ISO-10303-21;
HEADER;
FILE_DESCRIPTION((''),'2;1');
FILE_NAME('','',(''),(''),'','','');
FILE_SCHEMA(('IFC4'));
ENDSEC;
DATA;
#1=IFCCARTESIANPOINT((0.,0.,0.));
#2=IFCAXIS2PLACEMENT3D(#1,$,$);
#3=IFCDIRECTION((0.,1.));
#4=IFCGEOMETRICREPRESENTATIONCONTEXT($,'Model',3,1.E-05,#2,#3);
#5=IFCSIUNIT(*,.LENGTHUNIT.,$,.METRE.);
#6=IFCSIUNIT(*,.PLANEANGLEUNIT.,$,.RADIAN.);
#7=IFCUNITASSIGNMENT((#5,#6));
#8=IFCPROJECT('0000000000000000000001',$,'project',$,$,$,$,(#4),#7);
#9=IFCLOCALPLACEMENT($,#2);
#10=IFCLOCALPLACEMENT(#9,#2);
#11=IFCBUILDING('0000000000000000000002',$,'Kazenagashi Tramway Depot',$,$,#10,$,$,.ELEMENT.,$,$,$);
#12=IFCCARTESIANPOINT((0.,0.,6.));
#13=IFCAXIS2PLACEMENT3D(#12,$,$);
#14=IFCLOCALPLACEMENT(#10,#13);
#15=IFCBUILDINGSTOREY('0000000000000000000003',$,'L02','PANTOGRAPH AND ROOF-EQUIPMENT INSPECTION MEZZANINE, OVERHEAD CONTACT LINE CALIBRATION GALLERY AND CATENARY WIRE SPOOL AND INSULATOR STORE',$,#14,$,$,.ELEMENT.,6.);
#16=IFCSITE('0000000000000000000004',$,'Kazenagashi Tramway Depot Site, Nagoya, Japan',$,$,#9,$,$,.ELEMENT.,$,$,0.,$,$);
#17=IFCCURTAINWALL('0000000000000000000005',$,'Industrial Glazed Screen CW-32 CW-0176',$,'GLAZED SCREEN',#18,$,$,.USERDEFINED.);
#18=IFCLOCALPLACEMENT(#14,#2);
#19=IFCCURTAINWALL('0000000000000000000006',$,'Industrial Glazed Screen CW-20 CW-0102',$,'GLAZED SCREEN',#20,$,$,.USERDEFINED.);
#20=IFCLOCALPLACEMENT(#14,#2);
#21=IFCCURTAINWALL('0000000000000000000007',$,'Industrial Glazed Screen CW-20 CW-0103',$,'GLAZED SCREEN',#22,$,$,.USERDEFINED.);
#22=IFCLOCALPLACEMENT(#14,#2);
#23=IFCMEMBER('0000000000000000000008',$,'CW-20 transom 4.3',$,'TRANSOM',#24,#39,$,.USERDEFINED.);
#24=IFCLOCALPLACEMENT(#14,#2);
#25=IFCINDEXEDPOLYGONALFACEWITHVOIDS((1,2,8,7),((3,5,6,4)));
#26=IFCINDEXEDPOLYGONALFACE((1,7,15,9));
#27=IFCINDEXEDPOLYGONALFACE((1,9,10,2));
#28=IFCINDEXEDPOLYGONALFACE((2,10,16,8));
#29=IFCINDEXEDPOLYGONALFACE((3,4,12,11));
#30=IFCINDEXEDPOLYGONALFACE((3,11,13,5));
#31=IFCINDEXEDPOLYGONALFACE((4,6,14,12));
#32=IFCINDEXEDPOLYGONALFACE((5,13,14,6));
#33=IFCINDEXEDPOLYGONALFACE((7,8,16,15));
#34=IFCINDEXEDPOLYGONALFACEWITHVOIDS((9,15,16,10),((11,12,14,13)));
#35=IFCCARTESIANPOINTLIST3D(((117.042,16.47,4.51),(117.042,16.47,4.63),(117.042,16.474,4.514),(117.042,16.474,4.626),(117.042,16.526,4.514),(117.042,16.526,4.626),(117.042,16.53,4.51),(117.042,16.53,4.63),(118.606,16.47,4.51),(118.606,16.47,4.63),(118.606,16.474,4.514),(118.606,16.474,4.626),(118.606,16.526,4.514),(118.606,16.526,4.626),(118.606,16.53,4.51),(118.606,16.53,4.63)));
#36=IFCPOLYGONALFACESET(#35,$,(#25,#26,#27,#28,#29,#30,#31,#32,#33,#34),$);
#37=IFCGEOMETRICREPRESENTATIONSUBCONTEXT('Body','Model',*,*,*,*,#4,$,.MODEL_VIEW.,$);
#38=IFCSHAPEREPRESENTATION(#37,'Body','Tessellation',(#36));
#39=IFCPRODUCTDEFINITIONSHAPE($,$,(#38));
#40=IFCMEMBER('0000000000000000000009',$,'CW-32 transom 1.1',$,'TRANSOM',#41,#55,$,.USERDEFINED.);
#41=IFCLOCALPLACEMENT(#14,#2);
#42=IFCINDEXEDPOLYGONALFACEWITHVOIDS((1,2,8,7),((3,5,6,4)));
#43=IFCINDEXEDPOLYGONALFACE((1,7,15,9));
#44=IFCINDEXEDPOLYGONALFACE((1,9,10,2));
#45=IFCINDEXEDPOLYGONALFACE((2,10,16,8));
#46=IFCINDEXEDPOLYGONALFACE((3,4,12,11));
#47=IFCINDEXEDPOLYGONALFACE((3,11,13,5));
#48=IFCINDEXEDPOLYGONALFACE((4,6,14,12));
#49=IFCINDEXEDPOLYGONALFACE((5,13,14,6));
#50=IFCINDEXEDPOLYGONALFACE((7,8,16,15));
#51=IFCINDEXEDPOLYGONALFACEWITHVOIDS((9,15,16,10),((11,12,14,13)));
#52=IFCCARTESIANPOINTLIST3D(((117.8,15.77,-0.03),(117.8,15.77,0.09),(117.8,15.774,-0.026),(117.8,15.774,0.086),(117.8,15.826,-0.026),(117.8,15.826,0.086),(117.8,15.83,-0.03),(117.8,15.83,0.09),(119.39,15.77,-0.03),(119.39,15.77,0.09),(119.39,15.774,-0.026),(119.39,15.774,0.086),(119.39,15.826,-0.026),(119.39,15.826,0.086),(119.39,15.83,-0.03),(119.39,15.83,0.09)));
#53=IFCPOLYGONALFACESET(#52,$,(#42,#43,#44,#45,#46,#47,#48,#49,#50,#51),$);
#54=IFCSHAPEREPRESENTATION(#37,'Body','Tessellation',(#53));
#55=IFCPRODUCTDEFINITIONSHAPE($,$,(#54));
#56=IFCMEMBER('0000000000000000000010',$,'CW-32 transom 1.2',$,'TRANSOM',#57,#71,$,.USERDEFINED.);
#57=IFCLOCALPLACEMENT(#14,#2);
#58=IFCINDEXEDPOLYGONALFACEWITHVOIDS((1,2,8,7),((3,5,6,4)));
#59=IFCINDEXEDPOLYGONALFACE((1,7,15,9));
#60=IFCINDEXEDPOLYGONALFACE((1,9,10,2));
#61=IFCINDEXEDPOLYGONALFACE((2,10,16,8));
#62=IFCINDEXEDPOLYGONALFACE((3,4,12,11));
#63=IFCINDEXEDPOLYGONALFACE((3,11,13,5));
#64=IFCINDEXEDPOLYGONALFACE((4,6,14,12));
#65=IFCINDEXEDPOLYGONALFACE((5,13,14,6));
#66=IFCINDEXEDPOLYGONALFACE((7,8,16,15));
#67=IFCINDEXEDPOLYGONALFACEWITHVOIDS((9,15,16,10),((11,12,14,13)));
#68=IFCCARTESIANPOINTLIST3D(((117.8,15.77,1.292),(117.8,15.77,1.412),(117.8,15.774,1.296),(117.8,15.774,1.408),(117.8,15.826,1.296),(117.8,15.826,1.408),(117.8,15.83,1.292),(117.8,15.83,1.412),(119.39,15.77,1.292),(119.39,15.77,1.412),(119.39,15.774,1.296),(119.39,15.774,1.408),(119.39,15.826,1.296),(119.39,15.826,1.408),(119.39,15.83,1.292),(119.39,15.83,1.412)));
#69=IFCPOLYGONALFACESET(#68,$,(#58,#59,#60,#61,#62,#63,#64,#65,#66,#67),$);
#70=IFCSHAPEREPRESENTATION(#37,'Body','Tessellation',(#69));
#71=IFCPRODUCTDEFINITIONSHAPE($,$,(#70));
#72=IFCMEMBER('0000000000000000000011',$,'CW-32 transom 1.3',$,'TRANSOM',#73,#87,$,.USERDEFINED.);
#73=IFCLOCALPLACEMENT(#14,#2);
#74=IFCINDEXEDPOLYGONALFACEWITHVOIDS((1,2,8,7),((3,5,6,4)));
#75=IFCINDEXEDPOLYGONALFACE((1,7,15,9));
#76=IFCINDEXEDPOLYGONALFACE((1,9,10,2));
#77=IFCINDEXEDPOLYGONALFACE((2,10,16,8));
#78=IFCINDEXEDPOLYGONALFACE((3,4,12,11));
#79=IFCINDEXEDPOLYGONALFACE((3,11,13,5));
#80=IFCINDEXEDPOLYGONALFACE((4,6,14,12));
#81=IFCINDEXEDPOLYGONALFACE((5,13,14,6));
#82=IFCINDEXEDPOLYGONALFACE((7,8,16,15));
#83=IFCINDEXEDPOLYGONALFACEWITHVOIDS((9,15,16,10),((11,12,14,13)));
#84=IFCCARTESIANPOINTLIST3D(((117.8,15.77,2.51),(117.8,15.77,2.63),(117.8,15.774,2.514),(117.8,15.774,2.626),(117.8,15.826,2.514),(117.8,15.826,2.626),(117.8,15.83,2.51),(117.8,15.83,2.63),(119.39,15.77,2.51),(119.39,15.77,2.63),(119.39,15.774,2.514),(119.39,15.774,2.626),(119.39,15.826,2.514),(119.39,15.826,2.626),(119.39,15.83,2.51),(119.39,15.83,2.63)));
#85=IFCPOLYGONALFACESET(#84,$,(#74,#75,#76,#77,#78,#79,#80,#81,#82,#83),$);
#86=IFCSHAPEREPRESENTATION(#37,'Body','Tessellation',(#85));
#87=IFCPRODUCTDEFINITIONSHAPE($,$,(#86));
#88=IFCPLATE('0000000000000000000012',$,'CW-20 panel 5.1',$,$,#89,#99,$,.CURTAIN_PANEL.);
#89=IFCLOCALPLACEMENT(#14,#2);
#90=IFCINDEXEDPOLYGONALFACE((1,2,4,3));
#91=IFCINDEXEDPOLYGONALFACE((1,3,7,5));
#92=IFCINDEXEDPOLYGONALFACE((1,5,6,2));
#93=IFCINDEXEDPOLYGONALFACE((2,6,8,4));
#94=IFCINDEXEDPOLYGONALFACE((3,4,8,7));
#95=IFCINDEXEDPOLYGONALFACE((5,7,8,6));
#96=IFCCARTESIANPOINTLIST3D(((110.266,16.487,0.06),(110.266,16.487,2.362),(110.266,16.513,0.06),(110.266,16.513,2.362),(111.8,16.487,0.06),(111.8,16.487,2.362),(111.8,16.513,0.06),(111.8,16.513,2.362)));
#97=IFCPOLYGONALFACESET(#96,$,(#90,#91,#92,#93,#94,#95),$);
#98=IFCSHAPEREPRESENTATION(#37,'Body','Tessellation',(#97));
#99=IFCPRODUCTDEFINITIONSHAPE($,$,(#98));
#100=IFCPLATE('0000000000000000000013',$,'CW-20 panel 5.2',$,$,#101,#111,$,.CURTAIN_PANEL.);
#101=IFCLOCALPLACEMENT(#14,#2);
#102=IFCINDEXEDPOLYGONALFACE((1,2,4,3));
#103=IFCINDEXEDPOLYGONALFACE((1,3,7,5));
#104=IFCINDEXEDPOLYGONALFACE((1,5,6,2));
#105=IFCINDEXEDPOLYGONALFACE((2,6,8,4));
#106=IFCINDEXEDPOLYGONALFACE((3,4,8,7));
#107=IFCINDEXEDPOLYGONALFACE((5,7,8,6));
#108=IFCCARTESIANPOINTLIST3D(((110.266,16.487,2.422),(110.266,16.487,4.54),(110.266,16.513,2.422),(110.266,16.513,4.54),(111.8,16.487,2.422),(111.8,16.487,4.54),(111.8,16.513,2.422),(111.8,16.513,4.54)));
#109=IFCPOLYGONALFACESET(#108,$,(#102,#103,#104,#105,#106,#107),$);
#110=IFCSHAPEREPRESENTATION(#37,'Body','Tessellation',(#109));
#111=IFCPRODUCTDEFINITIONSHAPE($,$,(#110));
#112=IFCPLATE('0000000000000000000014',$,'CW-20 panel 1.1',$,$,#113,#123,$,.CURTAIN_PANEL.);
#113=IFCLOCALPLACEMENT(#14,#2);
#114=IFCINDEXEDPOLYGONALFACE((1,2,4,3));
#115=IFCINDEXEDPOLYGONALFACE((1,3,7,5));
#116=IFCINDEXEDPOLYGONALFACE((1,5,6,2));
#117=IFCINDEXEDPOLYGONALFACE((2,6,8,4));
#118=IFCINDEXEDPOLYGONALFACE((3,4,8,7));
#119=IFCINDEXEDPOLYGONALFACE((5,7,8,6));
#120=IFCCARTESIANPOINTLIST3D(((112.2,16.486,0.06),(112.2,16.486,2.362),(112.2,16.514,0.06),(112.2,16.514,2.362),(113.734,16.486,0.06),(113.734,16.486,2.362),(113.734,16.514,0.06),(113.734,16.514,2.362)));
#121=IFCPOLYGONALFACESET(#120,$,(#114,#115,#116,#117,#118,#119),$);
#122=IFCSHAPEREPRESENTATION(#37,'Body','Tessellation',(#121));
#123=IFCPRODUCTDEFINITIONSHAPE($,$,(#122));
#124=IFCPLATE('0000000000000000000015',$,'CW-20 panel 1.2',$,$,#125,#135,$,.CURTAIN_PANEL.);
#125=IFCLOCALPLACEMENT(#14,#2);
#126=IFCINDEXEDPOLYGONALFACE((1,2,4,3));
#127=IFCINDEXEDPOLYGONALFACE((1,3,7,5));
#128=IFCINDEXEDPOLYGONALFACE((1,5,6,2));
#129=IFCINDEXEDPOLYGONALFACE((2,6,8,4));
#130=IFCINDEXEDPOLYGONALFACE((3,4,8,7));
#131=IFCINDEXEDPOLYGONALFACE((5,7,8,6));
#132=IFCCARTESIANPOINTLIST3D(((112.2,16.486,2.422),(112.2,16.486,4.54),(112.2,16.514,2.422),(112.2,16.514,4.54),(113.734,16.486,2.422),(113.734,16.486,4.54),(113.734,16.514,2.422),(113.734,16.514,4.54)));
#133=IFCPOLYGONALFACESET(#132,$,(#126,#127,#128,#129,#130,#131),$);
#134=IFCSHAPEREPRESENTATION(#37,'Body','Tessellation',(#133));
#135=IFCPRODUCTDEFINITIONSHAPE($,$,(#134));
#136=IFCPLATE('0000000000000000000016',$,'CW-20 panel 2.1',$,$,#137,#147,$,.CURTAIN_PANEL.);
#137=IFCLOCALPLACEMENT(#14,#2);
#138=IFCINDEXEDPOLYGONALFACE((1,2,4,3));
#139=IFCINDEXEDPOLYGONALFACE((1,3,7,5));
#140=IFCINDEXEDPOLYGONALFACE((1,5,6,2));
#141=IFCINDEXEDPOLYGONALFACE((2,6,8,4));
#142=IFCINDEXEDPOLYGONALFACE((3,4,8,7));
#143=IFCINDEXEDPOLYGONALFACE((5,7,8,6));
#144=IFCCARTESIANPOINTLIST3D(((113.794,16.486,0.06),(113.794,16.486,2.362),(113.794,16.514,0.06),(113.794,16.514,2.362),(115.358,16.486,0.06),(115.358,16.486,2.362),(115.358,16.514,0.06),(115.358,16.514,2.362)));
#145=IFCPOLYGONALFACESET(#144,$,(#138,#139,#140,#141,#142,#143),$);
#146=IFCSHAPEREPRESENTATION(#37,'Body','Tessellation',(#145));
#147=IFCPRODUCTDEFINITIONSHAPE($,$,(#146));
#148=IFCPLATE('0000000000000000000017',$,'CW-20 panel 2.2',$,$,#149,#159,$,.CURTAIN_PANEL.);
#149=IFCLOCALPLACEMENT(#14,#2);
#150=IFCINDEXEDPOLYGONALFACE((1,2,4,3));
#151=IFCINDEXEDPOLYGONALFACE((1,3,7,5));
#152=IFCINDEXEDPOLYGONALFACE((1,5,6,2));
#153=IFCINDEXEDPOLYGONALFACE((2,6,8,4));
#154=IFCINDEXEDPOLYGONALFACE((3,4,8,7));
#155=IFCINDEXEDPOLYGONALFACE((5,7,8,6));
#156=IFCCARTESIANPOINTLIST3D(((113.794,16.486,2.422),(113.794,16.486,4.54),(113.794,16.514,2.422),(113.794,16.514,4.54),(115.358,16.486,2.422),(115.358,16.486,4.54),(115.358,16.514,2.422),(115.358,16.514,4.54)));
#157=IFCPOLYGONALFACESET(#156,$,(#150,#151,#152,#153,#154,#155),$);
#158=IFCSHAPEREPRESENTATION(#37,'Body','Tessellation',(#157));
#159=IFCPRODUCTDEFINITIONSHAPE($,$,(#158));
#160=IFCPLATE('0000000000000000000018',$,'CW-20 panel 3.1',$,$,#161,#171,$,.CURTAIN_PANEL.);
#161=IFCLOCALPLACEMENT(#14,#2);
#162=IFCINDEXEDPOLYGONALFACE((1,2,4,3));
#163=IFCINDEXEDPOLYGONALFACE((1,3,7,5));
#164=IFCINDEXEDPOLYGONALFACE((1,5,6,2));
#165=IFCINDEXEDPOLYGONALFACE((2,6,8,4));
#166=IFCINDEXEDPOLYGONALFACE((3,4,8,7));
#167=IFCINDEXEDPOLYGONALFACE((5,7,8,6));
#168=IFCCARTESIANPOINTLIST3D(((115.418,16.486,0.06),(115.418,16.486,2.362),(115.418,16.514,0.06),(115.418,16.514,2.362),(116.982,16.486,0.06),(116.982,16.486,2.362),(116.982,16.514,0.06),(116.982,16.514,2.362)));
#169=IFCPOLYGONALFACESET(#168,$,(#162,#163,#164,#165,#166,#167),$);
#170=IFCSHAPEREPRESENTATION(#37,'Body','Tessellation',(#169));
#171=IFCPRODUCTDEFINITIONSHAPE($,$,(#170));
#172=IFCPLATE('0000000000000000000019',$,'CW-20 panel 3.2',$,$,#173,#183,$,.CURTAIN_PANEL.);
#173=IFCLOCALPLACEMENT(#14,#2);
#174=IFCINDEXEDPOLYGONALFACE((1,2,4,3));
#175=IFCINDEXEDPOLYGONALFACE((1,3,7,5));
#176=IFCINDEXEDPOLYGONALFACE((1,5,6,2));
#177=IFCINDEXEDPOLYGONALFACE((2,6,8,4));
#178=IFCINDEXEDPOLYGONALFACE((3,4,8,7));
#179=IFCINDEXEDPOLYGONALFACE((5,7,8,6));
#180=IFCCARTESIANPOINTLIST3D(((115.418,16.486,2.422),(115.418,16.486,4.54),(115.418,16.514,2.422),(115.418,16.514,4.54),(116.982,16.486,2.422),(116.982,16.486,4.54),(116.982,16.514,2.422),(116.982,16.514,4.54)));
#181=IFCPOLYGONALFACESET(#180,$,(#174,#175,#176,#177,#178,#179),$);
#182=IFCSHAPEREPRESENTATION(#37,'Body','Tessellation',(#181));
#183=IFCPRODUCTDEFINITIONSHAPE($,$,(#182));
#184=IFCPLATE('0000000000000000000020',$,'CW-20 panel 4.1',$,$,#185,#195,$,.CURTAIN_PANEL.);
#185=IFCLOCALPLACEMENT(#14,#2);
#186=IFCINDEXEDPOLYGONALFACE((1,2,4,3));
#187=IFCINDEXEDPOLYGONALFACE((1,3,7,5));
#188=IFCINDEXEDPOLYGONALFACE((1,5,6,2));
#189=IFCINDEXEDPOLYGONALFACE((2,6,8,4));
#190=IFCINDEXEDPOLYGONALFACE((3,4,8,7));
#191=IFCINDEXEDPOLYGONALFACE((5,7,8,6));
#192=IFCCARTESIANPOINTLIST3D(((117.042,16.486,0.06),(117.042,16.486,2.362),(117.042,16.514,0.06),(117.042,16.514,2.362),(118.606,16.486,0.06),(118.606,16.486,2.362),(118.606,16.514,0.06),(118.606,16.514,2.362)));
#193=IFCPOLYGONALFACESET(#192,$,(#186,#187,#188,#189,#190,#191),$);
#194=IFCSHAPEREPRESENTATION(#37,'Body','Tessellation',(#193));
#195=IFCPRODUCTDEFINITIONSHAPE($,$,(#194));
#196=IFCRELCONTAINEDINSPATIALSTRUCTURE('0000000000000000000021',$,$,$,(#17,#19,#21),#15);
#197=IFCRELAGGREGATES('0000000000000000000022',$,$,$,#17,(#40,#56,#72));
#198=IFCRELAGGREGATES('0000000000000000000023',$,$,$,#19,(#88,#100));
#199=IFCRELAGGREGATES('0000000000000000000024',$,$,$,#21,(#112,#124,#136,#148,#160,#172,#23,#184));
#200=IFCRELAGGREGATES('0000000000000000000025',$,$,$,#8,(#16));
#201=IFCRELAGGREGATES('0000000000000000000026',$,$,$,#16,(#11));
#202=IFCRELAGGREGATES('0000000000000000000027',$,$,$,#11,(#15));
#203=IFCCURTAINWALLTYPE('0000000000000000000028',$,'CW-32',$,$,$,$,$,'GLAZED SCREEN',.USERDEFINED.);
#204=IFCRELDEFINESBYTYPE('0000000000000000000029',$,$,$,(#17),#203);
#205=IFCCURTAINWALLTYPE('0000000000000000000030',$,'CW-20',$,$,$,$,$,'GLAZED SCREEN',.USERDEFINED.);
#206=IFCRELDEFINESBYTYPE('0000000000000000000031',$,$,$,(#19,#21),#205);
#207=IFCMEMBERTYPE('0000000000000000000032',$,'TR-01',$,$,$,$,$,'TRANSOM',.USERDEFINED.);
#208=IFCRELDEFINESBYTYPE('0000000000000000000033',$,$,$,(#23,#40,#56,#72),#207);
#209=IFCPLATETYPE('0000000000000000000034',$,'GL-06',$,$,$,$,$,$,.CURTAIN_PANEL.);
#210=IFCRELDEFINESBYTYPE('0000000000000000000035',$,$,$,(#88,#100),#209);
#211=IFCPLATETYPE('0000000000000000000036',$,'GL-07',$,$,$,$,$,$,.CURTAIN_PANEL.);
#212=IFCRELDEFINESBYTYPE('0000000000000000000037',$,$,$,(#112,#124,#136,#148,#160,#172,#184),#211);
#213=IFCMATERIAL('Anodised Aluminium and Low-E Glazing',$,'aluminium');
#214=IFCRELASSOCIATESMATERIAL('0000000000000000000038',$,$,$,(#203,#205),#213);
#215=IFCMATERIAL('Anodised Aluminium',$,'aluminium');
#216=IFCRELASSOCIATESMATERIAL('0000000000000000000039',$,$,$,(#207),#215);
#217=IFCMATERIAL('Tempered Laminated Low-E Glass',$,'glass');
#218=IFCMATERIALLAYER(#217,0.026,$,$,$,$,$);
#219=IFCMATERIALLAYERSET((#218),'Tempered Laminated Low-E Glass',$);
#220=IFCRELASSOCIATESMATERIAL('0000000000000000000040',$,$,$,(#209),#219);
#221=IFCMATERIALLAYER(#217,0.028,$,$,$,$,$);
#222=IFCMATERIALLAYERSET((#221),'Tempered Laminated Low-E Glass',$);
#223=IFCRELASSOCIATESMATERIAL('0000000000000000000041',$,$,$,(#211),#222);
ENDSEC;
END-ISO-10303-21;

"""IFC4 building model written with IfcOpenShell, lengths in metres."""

from ifc_helpers import new_model, si_unit, direction, frame, origin, origin_2d, place, context, subcontext, project, spatial, rectangle, hollow_rectangle, extrude, material, layer, layer_set, material_profile, profile_set, type_object, element, aggregate, save


model = new_model("IFC4")

# Units and contexts
model_context = context("Model", 3, precision=1e-05, world=origin(), true_north=direction((0.0, 1.0)))
body_context = subcontext(model_context, "Body", "Model", "MODEL_VIEW")
ifc_project = project(units=[si_unit("LENGTHUNIT", "METRE"), si_unit("PLANEANGLEUNIT", "RADIAN")], contexts=[model_context])

# Site, building, storey
site_placement = place(None, origin())
site = spatial("IfcSite", under=ifc_project, at=site_placement, Name="Kazenagashi Tramway Depot Site, Nagoya, Japan", CompositionType="ELEMENT", RefElevation=0.0)
building_placement = place(site_placement, origin())
building = spatial("IfcBuilding", under=site, at=building_placement, Name="Kazenagashi Tramway Depot", CompositionType="ELEMENT")
storey_placement = place(building_placement, frame((0.0, 0.0, 6.0)))
storey = spatial("IfcBuildingStorey", under=building, at=storey_placement, Name="L02", Description="PANTOGRAPH AND ROOF-EQUIPMENT INSPECTION MEZZANINE, OVERHEAD CONTACT LINE CALIBRATION GALLERY AND CATENARY WIRE SPOOL AND INSULATOR STORE", CompositionType="ELEMENT", Elevation=6.0)

# Curtain walls
ifc_material_1 = material(Name="Anodised Aluminium and Low-E Glazing", Category="aluminium")
curtain_wall_type_1 = type_object("IfcCurtainWallType", Name="CW-32", ElementType="GLAZED SCREEN", PredefinedType="USERDEFINED", material=ifc_material_1)
curtain_wall_1_placement = place(storey_placement, origin())
curtain_wall_1 = element("IfcCurtainWall", 1, at=curtain_wall_1_placement, inside=storey, type_object=curtain_wall_type_1, Name="Industrial Glazed Screen CW-32 CW-0176", ObjectType="GLAZED SCREEN", PredefinedType="USERDEFINED")
ifc_material_2 = material(Name="Anodised Aluminium", Category="aluminium")
curtain_wall_type_2 = type_object("IfcCurtainWallType", Name="CW-20", ElementType="GLAZED SCREEN", PredefinedType="USERDEFINED", material=ifc_material_1)
curtain_wall_2_placement = place(storey_placement, origin())
curtain_wall_2 = element("IfcCurtainWall", 2, at=curtain_wall_2_placement, inside=storey, type_object=curtain_wall_type_2, Name="Industrial Glazed Screen CW-20 CW-0102", ObjectType="GLAZED SCREEN", PredefinedType="USERDEFINED")

# Curtain wall
curtain_wall_3_placement = place(storey_placement, origin())
curtain_wall_3 = element("IfcCurtainWall", 3, at=curtain_wall_3_placement, inside=storey, type_object=curtain_wall_type_2, Name="Industrial Glazed Screen CW-20 CW-0103", ObjectType="GLAZED SCREEN", PredefinedType="USERDEFINED")

# Members
ifc_material_profile_1 = material_profile(ifc_material_2, hollow_rectangle(XDim=0.06, YDim=0.12, WallThickness=0.004, at=origin_2d()), Name="RHS-120x60x4")
ifc_profile_set_1 = profile_set([ifc_material_profile_1], Name="Anodised Aluminium")
member_type_1 = type_object("IfcMemberType", Name="TR-01", ElementType="TRANSOM", PredefinedType="USERDEFINED", material=ifc_profile_set_1)
member_1_placement = place(storey_placement, frame((117.042, 16.5, 4.57), z_axis=(1.0, 0.0, 0.0), x_axis=(0.0, 1.0, 0.0)))
member_1 = element("IfcMember", 4, at=member_1_placement, type_object=member_type_1, Name="CW-20 transom 4.3", ObjectType="TRANSOM", PredefinedType="USERDEFINED", context=body_context, shape_type="SweptSolid", body=[
    extrude(hollow_rectangle(XDim=0.06, YDim=0.12, WallThickness=0.004, at=origin_2d()), origin(), (0.0, 0.0, 1.0), 1.564),
])
member_2_placement = place(storey_placement, frame((117.8, 15.8, 0.03), z_axis=(1.0, 0.0, 0.0), x_axis=(0.0, 1.0, 0.0)))
member_2 = element("IfcMember", 5, at=member_2_placement, type_object=member_type_1, Name="CW-32 transom 1.1", ObjectType="TRANSOM", PredefinedType="USERDEFINED", context=body_context, shape_type="SweptSolid", body=[
    extrude(hollow_rectangle(XDim=0.06, YDim=0.12, WallThickness=0.004, at=origin_2d()), origin(), (0.0, 0.0, 1.0), 1.59),
])
member_3_placement = place(storey_placement, frame((117.8, 15.8, 1.352), z_axis=(1.0, 0.0, 0.0), x_axis=(0.0, 1.0, 0.0)))
member_3 = element("IfcMember", 6, at=member_3_placement, type_object=member_type_1, Name="CW-32 transom 1.2", ObjectType="TRANSOM", PredefinedType="USERDEFINED", context=body_context, shape_type="SweptSolid", body=[
    extrude(hollow_rectangle(XDim=0.06, YDim=0.12, WallThickness=0.004, at=origin_2d()), origin(), (0.0, 0.0, 1.0), 1.59),
])
member_4_placement = place(storey_placement, frame((117.8, 15.8, 2.57), z_axis=(1.0, 0.0, 0.0), x_axis=(0.0, 1.0, 0.0)))
member_4 = element("IfcMember", 7, at=member_4_placement, type_object=member_type_1, Name="CW-32 transom 1.3", ObjectType="TRANSOM", PredefinedType="USERDEFINED", context=body_context, shape_type="SweptSolid", body=[
    extrude(hollow_rectangle(XDim=0.06, YDim=0.12, WallThickness=0.004, at=origin_2d()), origin(), (0.0, 0.0, 1.0), 1.59),
])
aggregate(curtain_wall_1, [member_2, member_3, member_4])

# Plates
ifc_material_3 = material(Name="Tempered Laminated Low-E Glass", Category="glass")
ifc_layer_1 = layer(ifc_material_3, 0.026)
ifc_layer_set_1 = layer_set([ifc_layer_1], Name="Tempered Laminated Low-E Glass")
plate_type_1 = type_object("IfcPlateType", Name="GL-06", PredefinedType="CURTAIN_PANEL", material=ifc_layer_set_1)
plate_1_placement = place(storey_placement, frame((111.033, 16.5, 0.06), z_axis=(0.0, 0.0, 1.0), x_axis=(1.0, 0.0, 0.0)))
plate_1 = element("IfcPlate", 8, at=plate_1_placement, type_object=plate_type_1, Name="CW-20 panel 5.1", PredefinedType="CURTAIN_PANEL", context=body_context, shape_type="SweptSolid", body=[
    extrude(rectangle(XDim=1.534, YDim=0.026, at=origin_2d()), origin(), (0.0, 0.0, 1.0), 2.302),
])
plate_2_placement = place(storey_placement, frame((111.033, 16.5, 2.422), z_axis=(0.0, 0.0, 1.0), x_axis=(1.0, 0.0, 0.0)))
plate_2 = element("IfcPlate", 9, at=plate_2_placement, type_object=plate_type_1, Name="CW-20 panel 5.2", PredefinedType="CURTAIN_PANEL", context=body_context, shape_type="SweptSolid", body=[
    extrude(rectangle(XDim=1.534, YDim=0.026, at=origin_2d()), origin(), (0.0, 0.0, 1.0), 2.118),
])
aggregate(curtain_wall_2, [plate_1, plate_2])
ifc_layer_2 = layer(ifc_material_3, 0.028)
ifc_layer_set_2 = layer_set([ifc_layer_2], Name="Tempered Laminated Low-E Glass")
plate_type_2 = type_object("IfcPlateType", Name="GL-07", PredefinedType="CURTAIN_PANEL", material=ifc_layer_set_2)
plate_3_placement = place(storey_placement, frame((112.967, 16.5, 0.06), z_axis=(0.0, 0.0, 1.0), x_axis=(1.0, 0.0, 0.0)))
plate_3 = element("IfcPlate", 10, at=plate_3_placement, type_object=plate_type_2, Name="CW-20 panel 1.1", PredefinedType="CURTAIN_PANEL", context=body_context, shape_type="SweptSolid", body=[
    extrude(rectangle(XDim=1.534, YDim=0.028, at=origin_2d()), origin(), (0.0, 0.0, 1.0), 2.302),
])
plate_4_placement = place(storey_placement, frame((112.967, 16.5, 2.422), z_axis=(0.0, 0.0, 1.0), x_axis=(1.0, 0.0, 0.0)))
plate_4 = element("IfcPlate", 11, at=plate_4_placement, type_object=plate_type_2, Name="CW-20 panel 1.2", PredefinedType="CURTAIN_PANEL", context=body_context, shape_type="SweptSolid", body=[
    extrude(rectangle(XDim=1.534, YDim=0.028, at=origin_2d()), origin(), (0.0, 0.0, 1.0), 2.118),
])
plate_5_placement = place(storey_placement, frame((114.576, 16.5, 0.06), z_axis=(0.0, 0.0, 1.0), x_axis=(1.0, 0.0, 0.0)))
plate_5 = element("IfcPlate", 12, at=plate_5_placement, type_object=plate_type_2, Name="CW-20 panel 2.1", PredefinedType="CURTAIN_PANEL", context=body_context, shape_type="SweptSolid", body=[
    extrude(rectangle(XDim=1.564, YDim=0.028, at=origin_2d()), origin(), (0.0, 0.0, 1.0), 2.302),
])
plate_6_placement = place(storey_placement, frame((114.576, 16.5, 2.422), z_axis=(0.0, 0.0, 1.0), x_axis=(1.0, 0.0, 0.0)))
plate_6 = element("IfcPlate", 13, at=plate_6_placement, type_object=plate_type_2, Name="CW-20 panel 2.2", PredefinedType="CURTAIN_PANEL", context=body_context, shape_type="SweptSolid", body=[
    extrude(rectangle(XDim=1.564, YDim=0.028, at=origin_2d()), origin(), (0.0, 0.0, 1.0), 2.118),
])
plate_7_placement = place(storey_placement, frame((116.2, 16.5, 0.06), z_axis=(0.0, 0.0, 1.0), x_axis=(1.0, 0.0, 0.0)))
plate_7 = element("IfcPlate", 14, at=plate_7_placement, type_object=plate_type_2, Name="CW-20 panel 3.1", PredefinedType="CURTAIN_PANEL", context=body_context, shape_type="SweptSolid", body=[
    extrude(rectangle(XDim=1.564, YDim=0.028, at=origin_2d()), origin(), (0.0, 0.0, 1.0), 2.302),
])
plate_8_placement = place(storey_placement, frame((116.2, 16.5, 2.422), z_axis=(0.0, 0.0, 1.0), x_axis=(1.0, 0.0, 0.0)))
plate_8 = element("IfcPlate", 15, at=plate_8_placement, type_object=plate_type_2, Name="CW-20 panel 3.2", PredefinedType="CURTAIN_PANEL", context=body_context, shape_type="SweptSolid", body=[
    extrude(rectangle(XDim=1.564, YDim=0.028, at=origin_2d()), origin(), (0.0, 0.0, 1.0), 2.118),
])
plate_9_placement = place(storey_placement, frame((117.824, 16.5, 0.06), z_axis=(0.0, 0.0, 1.0), x_axis=(1.0, 0.0, 0.0)))
plate_9 = element("IfcPlate", 16, at=plate_9_placement, type_object=plate_type_2, Name="CW-20 panel 4.1", PredefinedType="CURTAIN_PANEL", context=body_context, shape_type="SweptSolid", body=[
    extrude(rectangle(XDim=1.564, YDim=0.028, at=origin_2d()), origin(), (0.0, 0.0, 1.0), 2.302),
])
aggregate(curtain_wall_3, [plate_3, plate_4, plate_5, plate_6, plate_7, plate_8, member_1, plate_9])

save(model, "model.ifc")
